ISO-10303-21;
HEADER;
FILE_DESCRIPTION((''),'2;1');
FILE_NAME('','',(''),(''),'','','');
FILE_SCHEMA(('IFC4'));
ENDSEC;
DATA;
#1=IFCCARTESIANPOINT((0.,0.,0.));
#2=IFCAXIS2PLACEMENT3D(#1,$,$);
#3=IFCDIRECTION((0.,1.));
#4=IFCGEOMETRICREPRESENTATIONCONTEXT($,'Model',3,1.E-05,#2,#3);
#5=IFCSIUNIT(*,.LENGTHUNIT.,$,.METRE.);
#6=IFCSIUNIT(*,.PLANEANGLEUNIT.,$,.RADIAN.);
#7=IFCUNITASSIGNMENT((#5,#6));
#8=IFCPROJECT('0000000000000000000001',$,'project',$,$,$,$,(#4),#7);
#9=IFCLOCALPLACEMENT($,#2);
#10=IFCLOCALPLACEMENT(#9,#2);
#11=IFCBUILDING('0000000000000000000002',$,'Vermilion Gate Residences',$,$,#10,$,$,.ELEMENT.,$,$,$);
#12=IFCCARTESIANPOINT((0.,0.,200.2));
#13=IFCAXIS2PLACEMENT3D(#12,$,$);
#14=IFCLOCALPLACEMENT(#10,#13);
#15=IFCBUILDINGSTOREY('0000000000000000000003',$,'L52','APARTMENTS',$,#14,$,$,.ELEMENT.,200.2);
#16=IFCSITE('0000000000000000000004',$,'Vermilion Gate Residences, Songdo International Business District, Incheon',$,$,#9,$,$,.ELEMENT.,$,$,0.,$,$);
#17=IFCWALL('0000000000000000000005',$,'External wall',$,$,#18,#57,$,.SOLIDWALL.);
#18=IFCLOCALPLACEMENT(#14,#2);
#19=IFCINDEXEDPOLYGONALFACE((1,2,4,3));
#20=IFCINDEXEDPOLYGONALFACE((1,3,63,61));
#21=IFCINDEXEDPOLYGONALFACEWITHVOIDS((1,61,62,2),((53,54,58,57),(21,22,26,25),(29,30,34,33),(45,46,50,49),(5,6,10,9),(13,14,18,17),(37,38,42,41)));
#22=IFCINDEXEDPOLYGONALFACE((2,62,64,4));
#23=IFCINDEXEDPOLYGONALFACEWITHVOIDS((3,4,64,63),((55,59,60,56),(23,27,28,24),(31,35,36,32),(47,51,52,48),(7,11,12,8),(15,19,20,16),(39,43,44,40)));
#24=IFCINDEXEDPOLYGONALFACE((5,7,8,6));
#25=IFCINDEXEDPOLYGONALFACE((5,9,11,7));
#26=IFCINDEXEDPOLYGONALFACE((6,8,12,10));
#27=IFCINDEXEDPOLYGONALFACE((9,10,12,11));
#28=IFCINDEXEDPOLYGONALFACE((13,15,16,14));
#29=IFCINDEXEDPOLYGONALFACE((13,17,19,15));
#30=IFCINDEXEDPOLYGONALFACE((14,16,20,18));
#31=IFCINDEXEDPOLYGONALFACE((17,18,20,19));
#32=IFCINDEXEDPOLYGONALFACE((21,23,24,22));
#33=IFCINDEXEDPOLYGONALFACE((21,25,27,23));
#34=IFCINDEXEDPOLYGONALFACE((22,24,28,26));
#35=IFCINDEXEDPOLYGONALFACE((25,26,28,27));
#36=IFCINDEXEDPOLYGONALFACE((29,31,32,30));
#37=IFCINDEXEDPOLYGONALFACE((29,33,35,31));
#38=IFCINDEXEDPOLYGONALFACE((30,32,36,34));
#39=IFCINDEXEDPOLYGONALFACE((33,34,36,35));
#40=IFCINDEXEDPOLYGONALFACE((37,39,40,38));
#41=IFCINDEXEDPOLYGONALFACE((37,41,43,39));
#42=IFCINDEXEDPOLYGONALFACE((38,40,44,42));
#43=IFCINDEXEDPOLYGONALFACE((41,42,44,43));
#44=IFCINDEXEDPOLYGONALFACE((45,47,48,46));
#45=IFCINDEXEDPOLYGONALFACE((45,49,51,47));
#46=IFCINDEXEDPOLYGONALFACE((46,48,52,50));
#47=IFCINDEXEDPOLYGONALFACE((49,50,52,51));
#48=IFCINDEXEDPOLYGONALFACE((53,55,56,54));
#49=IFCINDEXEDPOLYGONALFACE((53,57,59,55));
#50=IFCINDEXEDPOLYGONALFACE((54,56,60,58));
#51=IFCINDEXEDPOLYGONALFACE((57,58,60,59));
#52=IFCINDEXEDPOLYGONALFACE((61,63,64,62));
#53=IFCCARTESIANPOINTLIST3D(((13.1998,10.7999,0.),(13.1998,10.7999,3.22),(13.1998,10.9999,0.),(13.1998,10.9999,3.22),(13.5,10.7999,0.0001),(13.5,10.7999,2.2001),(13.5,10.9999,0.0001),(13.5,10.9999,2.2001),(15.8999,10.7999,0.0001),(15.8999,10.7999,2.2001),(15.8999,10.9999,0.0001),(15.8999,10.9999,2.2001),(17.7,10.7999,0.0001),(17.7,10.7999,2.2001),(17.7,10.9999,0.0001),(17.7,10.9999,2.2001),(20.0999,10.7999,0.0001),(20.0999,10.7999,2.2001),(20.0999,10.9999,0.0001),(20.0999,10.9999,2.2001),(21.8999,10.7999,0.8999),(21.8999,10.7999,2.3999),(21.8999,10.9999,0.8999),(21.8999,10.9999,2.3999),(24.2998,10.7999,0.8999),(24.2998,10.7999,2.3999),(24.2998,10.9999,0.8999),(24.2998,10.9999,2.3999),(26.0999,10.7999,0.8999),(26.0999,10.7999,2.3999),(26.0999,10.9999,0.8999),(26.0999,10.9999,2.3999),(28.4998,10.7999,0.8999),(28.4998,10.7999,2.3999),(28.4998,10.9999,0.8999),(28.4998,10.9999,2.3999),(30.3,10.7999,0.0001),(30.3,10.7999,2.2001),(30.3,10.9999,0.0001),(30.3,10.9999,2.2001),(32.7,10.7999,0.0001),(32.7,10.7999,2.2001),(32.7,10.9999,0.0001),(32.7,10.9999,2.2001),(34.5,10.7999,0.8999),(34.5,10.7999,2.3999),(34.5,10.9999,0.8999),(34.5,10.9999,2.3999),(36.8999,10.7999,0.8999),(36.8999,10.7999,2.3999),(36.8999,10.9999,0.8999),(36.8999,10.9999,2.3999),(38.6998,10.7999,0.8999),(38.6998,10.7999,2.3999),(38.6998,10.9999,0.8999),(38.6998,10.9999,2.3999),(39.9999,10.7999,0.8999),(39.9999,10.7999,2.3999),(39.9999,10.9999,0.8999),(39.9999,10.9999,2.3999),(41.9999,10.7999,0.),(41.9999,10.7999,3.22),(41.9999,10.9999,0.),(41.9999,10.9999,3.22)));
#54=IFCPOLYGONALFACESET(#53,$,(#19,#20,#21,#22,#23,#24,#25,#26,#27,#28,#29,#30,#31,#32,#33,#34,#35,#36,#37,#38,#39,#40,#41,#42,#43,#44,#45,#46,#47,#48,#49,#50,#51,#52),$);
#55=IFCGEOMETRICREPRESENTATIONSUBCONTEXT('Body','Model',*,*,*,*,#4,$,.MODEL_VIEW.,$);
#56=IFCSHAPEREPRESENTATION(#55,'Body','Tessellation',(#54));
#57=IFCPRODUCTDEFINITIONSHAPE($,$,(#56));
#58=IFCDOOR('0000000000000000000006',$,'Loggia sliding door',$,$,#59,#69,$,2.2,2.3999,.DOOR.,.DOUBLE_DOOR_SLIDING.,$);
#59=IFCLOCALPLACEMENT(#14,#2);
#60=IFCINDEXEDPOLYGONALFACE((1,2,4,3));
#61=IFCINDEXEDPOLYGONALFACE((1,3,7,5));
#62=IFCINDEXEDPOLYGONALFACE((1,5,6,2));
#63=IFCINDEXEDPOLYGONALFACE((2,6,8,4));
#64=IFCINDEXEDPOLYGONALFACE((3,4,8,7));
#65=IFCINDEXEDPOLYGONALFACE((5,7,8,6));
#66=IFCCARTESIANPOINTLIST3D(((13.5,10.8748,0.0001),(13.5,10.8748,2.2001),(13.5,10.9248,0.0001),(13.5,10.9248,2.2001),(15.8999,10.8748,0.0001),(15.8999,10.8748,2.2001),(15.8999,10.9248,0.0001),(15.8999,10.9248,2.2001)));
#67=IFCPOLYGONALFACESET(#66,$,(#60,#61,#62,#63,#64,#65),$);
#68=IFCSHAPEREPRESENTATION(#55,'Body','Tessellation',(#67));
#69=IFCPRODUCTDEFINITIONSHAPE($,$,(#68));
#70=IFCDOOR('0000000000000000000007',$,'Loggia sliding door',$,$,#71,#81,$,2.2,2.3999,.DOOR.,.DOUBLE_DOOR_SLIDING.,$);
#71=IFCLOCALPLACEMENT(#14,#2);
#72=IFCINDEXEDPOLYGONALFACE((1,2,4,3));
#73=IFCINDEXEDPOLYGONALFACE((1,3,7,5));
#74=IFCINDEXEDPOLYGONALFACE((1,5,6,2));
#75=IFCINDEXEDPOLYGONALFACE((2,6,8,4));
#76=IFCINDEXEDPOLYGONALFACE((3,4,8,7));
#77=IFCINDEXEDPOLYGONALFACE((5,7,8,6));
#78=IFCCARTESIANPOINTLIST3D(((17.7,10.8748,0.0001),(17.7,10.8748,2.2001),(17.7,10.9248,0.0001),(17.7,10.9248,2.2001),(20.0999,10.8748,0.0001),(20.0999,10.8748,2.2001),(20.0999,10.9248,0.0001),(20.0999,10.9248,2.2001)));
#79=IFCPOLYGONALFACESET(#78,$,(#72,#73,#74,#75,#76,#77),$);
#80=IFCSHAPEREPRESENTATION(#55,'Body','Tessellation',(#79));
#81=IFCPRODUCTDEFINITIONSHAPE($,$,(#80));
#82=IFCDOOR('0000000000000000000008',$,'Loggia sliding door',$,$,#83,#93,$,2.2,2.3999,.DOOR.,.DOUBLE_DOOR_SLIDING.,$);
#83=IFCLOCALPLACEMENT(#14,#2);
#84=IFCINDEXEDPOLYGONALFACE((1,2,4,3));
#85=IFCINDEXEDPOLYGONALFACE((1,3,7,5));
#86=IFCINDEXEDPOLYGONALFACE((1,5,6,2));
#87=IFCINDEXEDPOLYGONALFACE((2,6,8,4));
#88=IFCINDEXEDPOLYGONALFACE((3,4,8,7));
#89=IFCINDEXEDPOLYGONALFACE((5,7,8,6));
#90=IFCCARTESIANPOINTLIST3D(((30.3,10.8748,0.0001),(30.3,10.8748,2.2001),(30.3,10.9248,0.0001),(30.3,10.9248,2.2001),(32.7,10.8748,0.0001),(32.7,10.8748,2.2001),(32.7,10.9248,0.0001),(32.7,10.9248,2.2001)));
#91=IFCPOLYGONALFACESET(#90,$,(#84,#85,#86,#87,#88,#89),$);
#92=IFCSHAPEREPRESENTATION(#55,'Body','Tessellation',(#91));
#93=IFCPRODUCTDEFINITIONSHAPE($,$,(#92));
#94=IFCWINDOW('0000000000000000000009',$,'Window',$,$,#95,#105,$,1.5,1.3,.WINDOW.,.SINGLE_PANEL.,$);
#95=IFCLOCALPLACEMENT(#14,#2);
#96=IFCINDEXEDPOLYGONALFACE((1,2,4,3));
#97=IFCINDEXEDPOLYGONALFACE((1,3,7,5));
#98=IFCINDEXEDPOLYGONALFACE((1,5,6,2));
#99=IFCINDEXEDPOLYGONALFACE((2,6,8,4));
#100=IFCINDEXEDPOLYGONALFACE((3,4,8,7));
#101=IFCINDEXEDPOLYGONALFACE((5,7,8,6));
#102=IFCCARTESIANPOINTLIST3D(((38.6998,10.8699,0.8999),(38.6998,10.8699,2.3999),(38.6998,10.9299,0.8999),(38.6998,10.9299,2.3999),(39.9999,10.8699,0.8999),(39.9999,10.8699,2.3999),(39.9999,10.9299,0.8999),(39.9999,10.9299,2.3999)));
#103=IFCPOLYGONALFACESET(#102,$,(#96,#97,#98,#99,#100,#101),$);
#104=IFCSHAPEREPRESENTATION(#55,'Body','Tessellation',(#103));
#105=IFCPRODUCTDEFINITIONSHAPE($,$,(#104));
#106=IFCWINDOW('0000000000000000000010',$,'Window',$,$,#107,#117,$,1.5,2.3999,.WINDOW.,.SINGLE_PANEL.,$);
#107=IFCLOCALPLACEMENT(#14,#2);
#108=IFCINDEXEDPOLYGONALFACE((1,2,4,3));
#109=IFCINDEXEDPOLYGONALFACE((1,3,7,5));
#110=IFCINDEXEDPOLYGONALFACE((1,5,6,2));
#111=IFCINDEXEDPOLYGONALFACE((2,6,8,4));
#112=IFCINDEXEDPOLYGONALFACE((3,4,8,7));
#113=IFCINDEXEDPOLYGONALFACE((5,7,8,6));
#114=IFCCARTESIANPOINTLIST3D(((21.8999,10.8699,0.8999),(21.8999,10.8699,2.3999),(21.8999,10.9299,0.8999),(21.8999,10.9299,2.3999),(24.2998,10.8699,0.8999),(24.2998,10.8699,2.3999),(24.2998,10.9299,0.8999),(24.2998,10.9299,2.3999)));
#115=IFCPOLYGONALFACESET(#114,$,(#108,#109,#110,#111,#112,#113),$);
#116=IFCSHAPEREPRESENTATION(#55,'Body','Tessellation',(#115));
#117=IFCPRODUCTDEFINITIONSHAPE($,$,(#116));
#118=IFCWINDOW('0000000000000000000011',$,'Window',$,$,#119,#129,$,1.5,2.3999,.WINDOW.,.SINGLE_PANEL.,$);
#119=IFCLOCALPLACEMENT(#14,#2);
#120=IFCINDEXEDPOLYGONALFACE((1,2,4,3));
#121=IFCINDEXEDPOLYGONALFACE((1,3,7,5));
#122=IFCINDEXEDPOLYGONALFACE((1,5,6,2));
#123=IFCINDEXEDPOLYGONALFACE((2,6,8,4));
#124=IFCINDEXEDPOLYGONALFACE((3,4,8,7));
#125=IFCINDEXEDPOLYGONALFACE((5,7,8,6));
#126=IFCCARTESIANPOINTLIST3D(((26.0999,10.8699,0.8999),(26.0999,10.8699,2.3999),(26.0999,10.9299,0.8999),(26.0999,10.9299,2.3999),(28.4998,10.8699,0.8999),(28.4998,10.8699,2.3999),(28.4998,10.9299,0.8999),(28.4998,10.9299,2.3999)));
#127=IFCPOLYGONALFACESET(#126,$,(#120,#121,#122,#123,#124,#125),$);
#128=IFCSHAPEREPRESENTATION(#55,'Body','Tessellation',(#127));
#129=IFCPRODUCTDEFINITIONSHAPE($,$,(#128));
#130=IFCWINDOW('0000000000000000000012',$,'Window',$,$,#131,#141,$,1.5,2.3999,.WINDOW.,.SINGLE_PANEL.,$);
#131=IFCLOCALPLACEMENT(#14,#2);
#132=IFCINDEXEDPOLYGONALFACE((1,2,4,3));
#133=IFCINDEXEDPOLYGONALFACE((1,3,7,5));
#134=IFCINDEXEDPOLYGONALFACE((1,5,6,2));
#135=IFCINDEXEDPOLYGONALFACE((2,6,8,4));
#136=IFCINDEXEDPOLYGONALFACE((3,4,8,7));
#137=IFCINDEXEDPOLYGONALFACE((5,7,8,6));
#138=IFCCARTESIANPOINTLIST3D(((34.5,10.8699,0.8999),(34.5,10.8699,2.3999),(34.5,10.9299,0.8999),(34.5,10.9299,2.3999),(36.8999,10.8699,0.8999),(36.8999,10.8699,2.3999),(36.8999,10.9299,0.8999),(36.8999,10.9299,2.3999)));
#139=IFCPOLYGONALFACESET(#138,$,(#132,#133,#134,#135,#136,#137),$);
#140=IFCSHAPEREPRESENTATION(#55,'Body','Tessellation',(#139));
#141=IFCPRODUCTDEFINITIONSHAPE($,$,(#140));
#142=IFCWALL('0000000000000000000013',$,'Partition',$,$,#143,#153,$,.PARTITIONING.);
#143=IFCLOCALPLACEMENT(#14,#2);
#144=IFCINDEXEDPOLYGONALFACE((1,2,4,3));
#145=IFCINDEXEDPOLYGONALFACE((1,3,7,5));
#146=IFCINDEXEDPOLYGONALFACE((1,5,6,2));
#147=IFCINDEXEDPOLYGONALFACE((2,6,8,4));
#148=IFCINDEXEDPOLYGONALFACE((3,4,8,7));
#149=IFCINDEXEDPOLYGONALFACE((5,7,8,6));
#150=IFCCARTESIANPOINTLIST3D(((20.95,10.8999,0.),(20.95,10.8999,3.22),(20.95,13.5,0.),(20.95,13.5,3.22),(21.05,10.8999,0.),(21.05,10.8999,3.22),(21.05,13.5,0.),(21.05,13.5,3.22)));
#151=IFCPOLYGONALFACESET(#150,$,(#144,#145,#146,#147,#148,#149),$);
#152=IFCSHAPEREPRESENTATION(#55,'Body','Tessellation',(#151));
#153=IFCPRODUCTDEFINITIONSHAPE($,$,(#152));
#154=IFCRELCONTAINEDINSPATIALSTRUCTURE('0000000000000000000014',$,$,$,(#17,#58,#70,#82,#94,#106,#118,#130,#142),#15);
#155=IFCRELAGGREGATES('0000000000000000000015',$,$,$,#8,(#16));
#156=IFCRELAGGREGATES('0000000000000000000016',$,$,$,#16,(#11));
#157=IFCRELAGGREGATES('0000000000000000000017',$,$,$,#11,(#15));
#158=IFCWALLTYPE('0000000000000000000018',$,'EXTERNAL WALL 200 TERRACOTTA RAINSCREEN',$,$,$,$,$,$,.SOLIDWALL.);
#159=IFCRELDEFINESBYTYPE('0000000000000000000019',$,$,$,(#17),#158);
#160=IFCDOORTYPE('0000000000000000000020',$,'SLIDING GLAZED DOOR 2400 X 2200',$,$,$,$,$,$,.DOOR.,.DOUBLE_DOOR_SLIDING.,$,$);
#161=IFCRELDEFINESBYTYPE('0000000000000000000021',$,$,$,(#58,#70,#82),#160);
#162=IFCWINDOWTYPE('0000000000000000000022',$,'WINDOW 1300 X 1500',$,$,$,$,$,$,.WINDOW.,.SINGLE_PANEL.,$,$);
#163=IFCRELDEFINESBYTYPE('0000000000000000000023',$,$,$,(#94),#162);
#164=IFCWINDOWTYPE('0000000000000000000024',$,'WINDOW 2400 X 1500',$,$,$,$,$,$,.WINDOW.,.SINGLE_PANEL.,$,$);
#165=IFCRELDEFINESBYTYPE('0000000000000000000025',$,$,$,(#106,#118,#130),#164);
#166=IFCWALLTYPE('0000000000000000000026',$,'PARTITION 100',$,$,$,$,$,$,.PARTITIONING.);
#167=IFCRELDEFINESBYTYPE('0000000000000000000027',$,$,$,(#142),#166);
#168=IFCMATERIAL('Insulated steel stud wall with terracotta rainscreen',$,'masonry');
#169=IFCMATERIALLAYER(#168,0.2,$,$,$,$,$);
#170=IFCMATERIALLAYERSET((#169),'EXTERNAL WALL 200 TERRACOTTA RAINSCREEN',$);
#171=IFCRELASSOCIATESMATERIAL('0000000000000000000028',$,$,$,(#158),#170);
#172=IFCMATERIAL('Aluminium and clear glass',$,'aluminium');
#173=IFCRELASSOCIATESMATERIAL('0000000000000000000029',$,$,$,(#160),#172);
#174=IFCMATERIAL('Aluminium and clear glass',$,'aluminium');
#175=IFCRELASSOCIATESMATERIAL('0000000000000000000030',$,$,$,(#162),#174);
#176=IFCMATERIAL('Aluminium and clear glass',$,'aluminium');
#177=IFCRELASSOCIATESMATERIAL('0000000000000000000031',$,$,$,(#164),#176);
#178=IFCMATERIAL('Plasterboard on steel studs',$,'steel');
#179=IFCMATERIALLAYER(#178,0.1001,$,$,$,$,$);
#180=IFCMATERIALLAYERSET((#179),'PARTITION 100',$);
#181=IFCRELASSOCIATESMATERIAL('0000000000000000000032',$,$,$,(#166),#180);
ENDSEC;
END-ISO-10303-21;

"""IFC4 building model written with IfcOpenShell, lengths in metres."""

from ifc_helpers import new_model, si_unit, direction, frame, frame_2d, origin, place, context, subcontext, project, spatial, rectangle, extrude, material, layer, layer_set, type_object, element, fill, save


model = new_model("IFC4")

# Units and contexts
model_context = context("Model", 3, precision=1e-05, world=origin(), true_north=direction((0.0, 1.0)))
body_context = subcontext(model_context, "Body", "Model", "MODEL_VIEW")
ifc_project = project(units=[si_unit("LENGTHUNIT", "METRE"), si_unit("PLANEANGLEUNIT", "RADIAN")], contexts=[model_context])

# Site, building, storey
site_placement = place(None, origin())
site = spatial("IfcSite", under=ifc_project, at=site_placement, Name="Vermilion Gate Residences, Songdo International Business District, Incheon", CompositionType="ELEMENT", RefElevation=0.0)
building_placement = place(site_placement, origin())
building = spatial("IfcBuilding", under=site, at=building_placement, Name="Vermilion Gate Residences", CompositionType="ELEMENT")
storey_placement = place(building_placement, frame((0.0, 0.0, 200.2)))
storey = spatial("IfcBuildingStorey", under=building, at=storey_placement, Name="L52", Description="APARTMENTS", CompositionType="ELEMENT", Elevation=200.2)

# Shared definitions
ifc_material_1 = material(Name="Insulated steel stud wall with terracotta rainscreen", Category="masonry")
ifc_layer_1 = layer(ifc_material_1, 0.2)
ifc_layer_set_1 = layer_set([ifc_layer_1], Name="EXTERNAL WALL 200 TERRACOTTA RAINSCREEN")
wall_type_1 = type_object("IfcWallType", Name="EXTERNAL WALL 200 TERRACOTTA RAINSCREEN", PredefinedType="SOLIDWALL", material=ifc_layer_set_1)

# Wall, openings, doors, windows
wall_1_placement = place(storey_placement, frame((13.2, 10.8999, 0.0), z_axis=(0.0, 0.0, 1.0), x_axis=(1.0, 0.0, 0.0)))
wall_1 = element("IfcWall", 1, at=wall_1_placement, inside=storey, type_object=wall_type_1, Name="External wall", PredefinedType="SOLIDWALL", context=body_context, shape_type="SweptSolid", body=[
    extrude(rectangle(XDim=28.8, YDim=0.2, at=frame_2d((14.3999, 0.0))), origin(), (0.0, 0.0, 1.0), 3.22),
])
opening_1_placement = place(wall_1_placement, frame((0.3, 0.0, 0.0)))
opening_1 = element("IfcOpeningElement", 2, at=opening_1_placement, cuts=wall_1, PredefinedType="OPENING", context=body_context, shape_type="SweptSolid", body=[
    extrude(rectangle(XDim=2.3999, YDim=2.2, at=frame_2d((1.2, 1.1001))), frame((0.0, 0.1099, 0.0), z_axis=(0.0, -1.0, 0.0), x_axis=(1.0, 0.0, 0.0)), (0.0, 0.0, 1.0), 0.22),
])
opening_2_placement = place(wall_1_placement, frame((4.5, 0.0, 0.0)))
opening_2 = element("IfcOpeningElement", 3, at=opening_2_placement, cuts=wall_1, PredefinedType="OPENING", context=body_context, shape_type="SweptSolid", body=[
    extrude(rectangle(XDim=2.3999, YDim=2.2, at=frame_2d((1.2, 1.1001))), frame((0.0, 0.1099, 0.0), z_axis=(0.0, -1.0, 0.0), x_axis=(1.0, 0.0, 0.0)), (0.0, 0.0, 1.0), 0.22),
])
opening_3_placement = place(wall_1_placement, frame((8.7, 0.0, 0.8999)))
opening_3 = element("IfcOpeningElement", 4, at=opening_3_placement, cuts=wall_1, PredefinedType="OPENING", context=body_context, shape_type="SweptSolid", body=[
    extrude(rectangle(XDim=2.3999, YDim=1.5, at=frame_2d((1.2, 0.75))), frame((0.0, 0.1099, 0.0), z_axis=(0.0, -1.0, 0.0), x_axis=(1.0, 0.0, 0.0)), (0.0, 0.0, 1.0), 0.22),
])
opening_4_placement = place(wall_1_placement, frame((12.8999, 0.0, 0.8999)))
opening_4 = element("IfcOpeningElement", 5, at=opening_4_placement, cuts=wall_1, PredefinedType="OPENING", context=body_context, shape_type="SweptSolid", body=[
    extrude(rectangle(XDim=2.3999, YDim=1.5, at=frame_2d((1.2, 0.75))), frame((0.0, 0.1099, 0.0), z_axis=(0.0, -1.0, 0.0), x_axis=(1.0, 0.0, 0.0)), (0.0, 0.0, 1.0), 0.22),
])
opening_5_placement = place(wall_1_placement, frame((17.1001, 0.0, 0.0)))
opening_5 = element("IfcOpeningElement", 6, at=opening_5_placement, cuts=wall_1, PredefinedType="OPENING", context=body_context, shape_type="SweptSolid", body=[
    extrude(rectangle(XDim=2.3999, YDim=2.2, at=frame_2d((1.2, 1.1001))), frame((0.0, 0.1099, 0.0), z_axis=(0.0, -1.0, 0.0), x_axis=(1.0, 0.0, 0.0)), (0.0, 0.0, 1.0), 0.22),
])
opening_6_placement = place(wall_1_placement, frame((21.3, 0.0, 0.8999)))
opening_6 = element("IfcOpeningElement", 7, at=opening_6_placement, cuts=wall_1, PredefinedType="OPENING", context=body_context, shape_type="SweptSolid", body=[
    extrude(rectangle(XDim=2.3999, YDim=1.5, at=frame_2d((1.2, 0.75))), frame((0.0, 0.1099, 0.0), z_axis=(0.0, -1.0, 0.0), x_axis=(1.0, 0.0, 0.0)), (0.0, 0.0, 1.0), 0.22),
])
opening_7_placement = place(wall_1_placement, frame((25.5, 0.0, 0.8999)))
opening_7 = element("IfcOpeningElement", 8, at=opening_7_placement, cuts=wall_1, PredefinedType="OPENING", context=body_context, shape_type="SweptSolid", body=[
    extrude(rectangle(XDim=1.3, YDim=1.5, at=frame_2d((0.6499, 0.75))), frame((0.0, 0.1099, 0.0), z_axis=(0.0, -1.0, 0.0), x_axis=(1.0, 0.0, 0.0)), (0.0, 0.0, 1.0), 0.22),
])
ifc_material_2 = material(Name="Aluminium and clear glass", Category="aluminium")
door_type_1 = type_object("IfcDoorType", Name="SLIDING GLAZED DOOR 2400 X 2200", OperationType="DOUBLE_DOOR_SLIDING", PredefinedType="DOOR", material=ifc_material_2)
door_1_placement = place(opening_1_placement, origin())
door_1 = element("IfcDoor", 9, at=door_1_placement, inside=storey, type_object=door_type_1, Name="Loggia sliding door", OperationType="DOUBLE_DOOR_SLIDING", OverallHeight=2.2, OverallWidth=2.3999, PredefinedType="DOOR", context=body_context, shape_type="SweptSolid", body=[
    extrude(rectangle(XDim=2.3999, YDim=2.2, at=frame_2d((1.2, 1.1001))), frame((0.0, 0.0249, 0.0), z_axis=(0.0, -1.0, 0.0), x_axis=(1.0, 0.0, 0.0)), (0.0, 0.0, 1.0), 0.05),
])
fill(opening_1, door_1)
door_2_placement = place(opening_2_placement, origin())
door_2 = element("IfcDoor", 10, at=door_2_placement, inside=storey, type_object=door_type_1, Name="Loggia sliding door", OperationType="DOUBLE_DOOR_SLIDING", OverallHeight=2.2, OverallWidth=2.3999, PredefinedType="DOOR", context=body_context, shape_type="SweptSolid", body=[
    extrude(rectangle(XDim=2.3999, YDim=2.2, at=frame_2d((1.2, 1.1001))), frame((0.0, 0.0249, 0.0), z_axis=(0.0, -1.0, 0.0), x_axis=(1.0, 0.0, 0.0)), (0.0, 0.0, 1.0), 0.05),
])
fill(opening_2, door_2)
door_3_placement = place(opening_5_placement, origin())
door_3 = element("IfcDoor", 11, at=door_3_placement, inside=storey, type_object=door_type_1, Name="Loggia sliding door", OperationType="DOUBLE_DOOR_SLIDING", OverallHeight=2.2, OverallWidth=2.3999, PredefinedType="DOOR", context=body_context, shape_type="SweptSolid", body=[
    extrude(rectangle(XDim=2.3999, YDim=2.2, at=frame_2d((1.2, 1.1001))), frame((0.0, 0.0249, 0.0), z_axis=(0.0, -1.0, 0.0), x_axis=(1.0, 0.0, 0.0)), (0.0, 0.0, 1.0), 0.05),
])
fill(opening_5, door_3)
ifc_material_3 = material(Name="Aluminium and clear glass", Category="aluminium")
window_type_1 = type_object("IfcWindowType", Name="WINDOW 1300 X 1500", PartitioningType="SINGLE_PANEL", PredefinedType="WINDOW", material=ifc_material_3)
window_1_placement = place(opening_7_placement, origin())
window_1 = element("IfcWindow", 12, at=window_1_placement, inside=storey, type_object=window_type_1, Name="Window", OverallHeight=1.5, OverallWidth=1.3, PartitioningType="SINGLE_PANEL", PredefinedType="WINDOW", context=body_context, shape_type="SweptSolid", body=[
    extrude(rectangle(XDim=1.3, YDim=1.5, at=frame_2d((0.6499, 0.75))), frame((0.0, 0.03, 0.0), z_axis=(0.0, -1.0, 0.0), x_axis=(1.0, 0.0, 0.0)), (0.0, 0.0, 1.0), 0.0601),
])
fill(opening_7, window_1)
ifc_material_4 = material(Name="Aluminium and clear glass", Category="aluminium")
window_type_2 = type_object("IfcWindowType", Name="WINDOW 2400 X 1500", PartitioningType="SINGLE_PANEL", PredefinedType="WINDOW", material=ifc_material_4)
window_2_placement = place(opening_3_placement, origin())
window_2 = element("IfcWindow", 13, at=window_2_placement, inside=storey, type_object=window_type_2, Name="Window", OverallHeight=1.5, OverallWidth=2.3999, PartitioningType="SINGLE_PANEL", PredefinedType="WINDOW", context=body_context, shape_type="SweptSolid", body=[
    extrude(rectangle(XDim=2.3999, YDim=1.5, at=frame_2d((1.2, 0.75))), frame((0.0, 0.03, 0.0), z_axis=(0.0, -1.0, 0.0), x_axis=(1.0, 0.0, 0.0)), (0.0, 0.0, 1.0), 0.0601),
])
fill(opening_3, window_2)
window_3_placement = place(opening_4_placement, origin())
window_3 = element("IfcWindow", 14, at=window_3_placement, inside=storey, type_object=window_type_2, Name="Window", OverallHeight=1.5, OverallWidth=2.3999, PartitioningType="SINGLE_PANEL", PredefinedType="WINDOW", context=body_context, shape_type="SweptSolid", body=[
    extrude(rectangle(XDim=2.3999, YDim=1.5, at=frame_2d((1.2, 0.75))), frame((0.0, 0.03, 0.0), z_axis=(0.0, -1.0, 0.0), x_axis=(1.0, 0.0, 0.0)), (0.0, 0.0, 1.0), 0.0601),
])
fill(opening_4, window_3)
window_4_placement = place(opening_6_placement, origin())
window_4 = element("IfcWindow", 15, at=window_4_placement, inside=storey, type_object=window_type_2, Name="Window", OverallHeight=1.5, OverallWidth=2.3999, PartitioningType="SINGLE_PANEL", PredefinedType="WINDOW", context=body_context, shape_type="SweptSolid", body=[
    extrude(rectangle(XDim=2.3999, YDim=1.5, at=frame_2d((1.2, 0.75))), frame((0.0, 0.03, 0.0), z_axis=(0.0, -1.0, 0.0), x_axis=(1.0, 0.0, 0.0)), (0.0, 0.0, 1.0), 0.0601),
])
fill(opening_6, window_4)

# Wall
ifc_material_5 = material(Name="Plasterboard on steel studs", Category="steel")
ifc_layer_2 = layer(ifc_material_5, 0.1001)
ifc_layer_set_2 = layer_set([ifc_layer_2], Name="PARTITION 100")
wall_type_2 = type_object("IfcWallType", Name="PARTITION 100", PredefinedType="PARTITIONING", material=ifc_layer_set_2)
wall_2_placement = place(storey_placement, frame((21.0, 10.8999, 0.0), z_axis=(0.0, 0.0, 1.0), x_axis=(0.0, 1.0, 0.0)))
element("IfcWall", 16, at=wall_2_placement, inside=storey, type_object=wall_type_2, Name="Partition", PredefinedType="PARTITIONING", context=body_context, shape_type="SweptSolid", body=[
    extrude(rectangle(XDim=2.6001, YDim=0.1001, at=frame_2d((1.3, 0.0))), origin(), (0.0, 0.0, 1.0), 3.22),
])

save(model, "model.ifc")
